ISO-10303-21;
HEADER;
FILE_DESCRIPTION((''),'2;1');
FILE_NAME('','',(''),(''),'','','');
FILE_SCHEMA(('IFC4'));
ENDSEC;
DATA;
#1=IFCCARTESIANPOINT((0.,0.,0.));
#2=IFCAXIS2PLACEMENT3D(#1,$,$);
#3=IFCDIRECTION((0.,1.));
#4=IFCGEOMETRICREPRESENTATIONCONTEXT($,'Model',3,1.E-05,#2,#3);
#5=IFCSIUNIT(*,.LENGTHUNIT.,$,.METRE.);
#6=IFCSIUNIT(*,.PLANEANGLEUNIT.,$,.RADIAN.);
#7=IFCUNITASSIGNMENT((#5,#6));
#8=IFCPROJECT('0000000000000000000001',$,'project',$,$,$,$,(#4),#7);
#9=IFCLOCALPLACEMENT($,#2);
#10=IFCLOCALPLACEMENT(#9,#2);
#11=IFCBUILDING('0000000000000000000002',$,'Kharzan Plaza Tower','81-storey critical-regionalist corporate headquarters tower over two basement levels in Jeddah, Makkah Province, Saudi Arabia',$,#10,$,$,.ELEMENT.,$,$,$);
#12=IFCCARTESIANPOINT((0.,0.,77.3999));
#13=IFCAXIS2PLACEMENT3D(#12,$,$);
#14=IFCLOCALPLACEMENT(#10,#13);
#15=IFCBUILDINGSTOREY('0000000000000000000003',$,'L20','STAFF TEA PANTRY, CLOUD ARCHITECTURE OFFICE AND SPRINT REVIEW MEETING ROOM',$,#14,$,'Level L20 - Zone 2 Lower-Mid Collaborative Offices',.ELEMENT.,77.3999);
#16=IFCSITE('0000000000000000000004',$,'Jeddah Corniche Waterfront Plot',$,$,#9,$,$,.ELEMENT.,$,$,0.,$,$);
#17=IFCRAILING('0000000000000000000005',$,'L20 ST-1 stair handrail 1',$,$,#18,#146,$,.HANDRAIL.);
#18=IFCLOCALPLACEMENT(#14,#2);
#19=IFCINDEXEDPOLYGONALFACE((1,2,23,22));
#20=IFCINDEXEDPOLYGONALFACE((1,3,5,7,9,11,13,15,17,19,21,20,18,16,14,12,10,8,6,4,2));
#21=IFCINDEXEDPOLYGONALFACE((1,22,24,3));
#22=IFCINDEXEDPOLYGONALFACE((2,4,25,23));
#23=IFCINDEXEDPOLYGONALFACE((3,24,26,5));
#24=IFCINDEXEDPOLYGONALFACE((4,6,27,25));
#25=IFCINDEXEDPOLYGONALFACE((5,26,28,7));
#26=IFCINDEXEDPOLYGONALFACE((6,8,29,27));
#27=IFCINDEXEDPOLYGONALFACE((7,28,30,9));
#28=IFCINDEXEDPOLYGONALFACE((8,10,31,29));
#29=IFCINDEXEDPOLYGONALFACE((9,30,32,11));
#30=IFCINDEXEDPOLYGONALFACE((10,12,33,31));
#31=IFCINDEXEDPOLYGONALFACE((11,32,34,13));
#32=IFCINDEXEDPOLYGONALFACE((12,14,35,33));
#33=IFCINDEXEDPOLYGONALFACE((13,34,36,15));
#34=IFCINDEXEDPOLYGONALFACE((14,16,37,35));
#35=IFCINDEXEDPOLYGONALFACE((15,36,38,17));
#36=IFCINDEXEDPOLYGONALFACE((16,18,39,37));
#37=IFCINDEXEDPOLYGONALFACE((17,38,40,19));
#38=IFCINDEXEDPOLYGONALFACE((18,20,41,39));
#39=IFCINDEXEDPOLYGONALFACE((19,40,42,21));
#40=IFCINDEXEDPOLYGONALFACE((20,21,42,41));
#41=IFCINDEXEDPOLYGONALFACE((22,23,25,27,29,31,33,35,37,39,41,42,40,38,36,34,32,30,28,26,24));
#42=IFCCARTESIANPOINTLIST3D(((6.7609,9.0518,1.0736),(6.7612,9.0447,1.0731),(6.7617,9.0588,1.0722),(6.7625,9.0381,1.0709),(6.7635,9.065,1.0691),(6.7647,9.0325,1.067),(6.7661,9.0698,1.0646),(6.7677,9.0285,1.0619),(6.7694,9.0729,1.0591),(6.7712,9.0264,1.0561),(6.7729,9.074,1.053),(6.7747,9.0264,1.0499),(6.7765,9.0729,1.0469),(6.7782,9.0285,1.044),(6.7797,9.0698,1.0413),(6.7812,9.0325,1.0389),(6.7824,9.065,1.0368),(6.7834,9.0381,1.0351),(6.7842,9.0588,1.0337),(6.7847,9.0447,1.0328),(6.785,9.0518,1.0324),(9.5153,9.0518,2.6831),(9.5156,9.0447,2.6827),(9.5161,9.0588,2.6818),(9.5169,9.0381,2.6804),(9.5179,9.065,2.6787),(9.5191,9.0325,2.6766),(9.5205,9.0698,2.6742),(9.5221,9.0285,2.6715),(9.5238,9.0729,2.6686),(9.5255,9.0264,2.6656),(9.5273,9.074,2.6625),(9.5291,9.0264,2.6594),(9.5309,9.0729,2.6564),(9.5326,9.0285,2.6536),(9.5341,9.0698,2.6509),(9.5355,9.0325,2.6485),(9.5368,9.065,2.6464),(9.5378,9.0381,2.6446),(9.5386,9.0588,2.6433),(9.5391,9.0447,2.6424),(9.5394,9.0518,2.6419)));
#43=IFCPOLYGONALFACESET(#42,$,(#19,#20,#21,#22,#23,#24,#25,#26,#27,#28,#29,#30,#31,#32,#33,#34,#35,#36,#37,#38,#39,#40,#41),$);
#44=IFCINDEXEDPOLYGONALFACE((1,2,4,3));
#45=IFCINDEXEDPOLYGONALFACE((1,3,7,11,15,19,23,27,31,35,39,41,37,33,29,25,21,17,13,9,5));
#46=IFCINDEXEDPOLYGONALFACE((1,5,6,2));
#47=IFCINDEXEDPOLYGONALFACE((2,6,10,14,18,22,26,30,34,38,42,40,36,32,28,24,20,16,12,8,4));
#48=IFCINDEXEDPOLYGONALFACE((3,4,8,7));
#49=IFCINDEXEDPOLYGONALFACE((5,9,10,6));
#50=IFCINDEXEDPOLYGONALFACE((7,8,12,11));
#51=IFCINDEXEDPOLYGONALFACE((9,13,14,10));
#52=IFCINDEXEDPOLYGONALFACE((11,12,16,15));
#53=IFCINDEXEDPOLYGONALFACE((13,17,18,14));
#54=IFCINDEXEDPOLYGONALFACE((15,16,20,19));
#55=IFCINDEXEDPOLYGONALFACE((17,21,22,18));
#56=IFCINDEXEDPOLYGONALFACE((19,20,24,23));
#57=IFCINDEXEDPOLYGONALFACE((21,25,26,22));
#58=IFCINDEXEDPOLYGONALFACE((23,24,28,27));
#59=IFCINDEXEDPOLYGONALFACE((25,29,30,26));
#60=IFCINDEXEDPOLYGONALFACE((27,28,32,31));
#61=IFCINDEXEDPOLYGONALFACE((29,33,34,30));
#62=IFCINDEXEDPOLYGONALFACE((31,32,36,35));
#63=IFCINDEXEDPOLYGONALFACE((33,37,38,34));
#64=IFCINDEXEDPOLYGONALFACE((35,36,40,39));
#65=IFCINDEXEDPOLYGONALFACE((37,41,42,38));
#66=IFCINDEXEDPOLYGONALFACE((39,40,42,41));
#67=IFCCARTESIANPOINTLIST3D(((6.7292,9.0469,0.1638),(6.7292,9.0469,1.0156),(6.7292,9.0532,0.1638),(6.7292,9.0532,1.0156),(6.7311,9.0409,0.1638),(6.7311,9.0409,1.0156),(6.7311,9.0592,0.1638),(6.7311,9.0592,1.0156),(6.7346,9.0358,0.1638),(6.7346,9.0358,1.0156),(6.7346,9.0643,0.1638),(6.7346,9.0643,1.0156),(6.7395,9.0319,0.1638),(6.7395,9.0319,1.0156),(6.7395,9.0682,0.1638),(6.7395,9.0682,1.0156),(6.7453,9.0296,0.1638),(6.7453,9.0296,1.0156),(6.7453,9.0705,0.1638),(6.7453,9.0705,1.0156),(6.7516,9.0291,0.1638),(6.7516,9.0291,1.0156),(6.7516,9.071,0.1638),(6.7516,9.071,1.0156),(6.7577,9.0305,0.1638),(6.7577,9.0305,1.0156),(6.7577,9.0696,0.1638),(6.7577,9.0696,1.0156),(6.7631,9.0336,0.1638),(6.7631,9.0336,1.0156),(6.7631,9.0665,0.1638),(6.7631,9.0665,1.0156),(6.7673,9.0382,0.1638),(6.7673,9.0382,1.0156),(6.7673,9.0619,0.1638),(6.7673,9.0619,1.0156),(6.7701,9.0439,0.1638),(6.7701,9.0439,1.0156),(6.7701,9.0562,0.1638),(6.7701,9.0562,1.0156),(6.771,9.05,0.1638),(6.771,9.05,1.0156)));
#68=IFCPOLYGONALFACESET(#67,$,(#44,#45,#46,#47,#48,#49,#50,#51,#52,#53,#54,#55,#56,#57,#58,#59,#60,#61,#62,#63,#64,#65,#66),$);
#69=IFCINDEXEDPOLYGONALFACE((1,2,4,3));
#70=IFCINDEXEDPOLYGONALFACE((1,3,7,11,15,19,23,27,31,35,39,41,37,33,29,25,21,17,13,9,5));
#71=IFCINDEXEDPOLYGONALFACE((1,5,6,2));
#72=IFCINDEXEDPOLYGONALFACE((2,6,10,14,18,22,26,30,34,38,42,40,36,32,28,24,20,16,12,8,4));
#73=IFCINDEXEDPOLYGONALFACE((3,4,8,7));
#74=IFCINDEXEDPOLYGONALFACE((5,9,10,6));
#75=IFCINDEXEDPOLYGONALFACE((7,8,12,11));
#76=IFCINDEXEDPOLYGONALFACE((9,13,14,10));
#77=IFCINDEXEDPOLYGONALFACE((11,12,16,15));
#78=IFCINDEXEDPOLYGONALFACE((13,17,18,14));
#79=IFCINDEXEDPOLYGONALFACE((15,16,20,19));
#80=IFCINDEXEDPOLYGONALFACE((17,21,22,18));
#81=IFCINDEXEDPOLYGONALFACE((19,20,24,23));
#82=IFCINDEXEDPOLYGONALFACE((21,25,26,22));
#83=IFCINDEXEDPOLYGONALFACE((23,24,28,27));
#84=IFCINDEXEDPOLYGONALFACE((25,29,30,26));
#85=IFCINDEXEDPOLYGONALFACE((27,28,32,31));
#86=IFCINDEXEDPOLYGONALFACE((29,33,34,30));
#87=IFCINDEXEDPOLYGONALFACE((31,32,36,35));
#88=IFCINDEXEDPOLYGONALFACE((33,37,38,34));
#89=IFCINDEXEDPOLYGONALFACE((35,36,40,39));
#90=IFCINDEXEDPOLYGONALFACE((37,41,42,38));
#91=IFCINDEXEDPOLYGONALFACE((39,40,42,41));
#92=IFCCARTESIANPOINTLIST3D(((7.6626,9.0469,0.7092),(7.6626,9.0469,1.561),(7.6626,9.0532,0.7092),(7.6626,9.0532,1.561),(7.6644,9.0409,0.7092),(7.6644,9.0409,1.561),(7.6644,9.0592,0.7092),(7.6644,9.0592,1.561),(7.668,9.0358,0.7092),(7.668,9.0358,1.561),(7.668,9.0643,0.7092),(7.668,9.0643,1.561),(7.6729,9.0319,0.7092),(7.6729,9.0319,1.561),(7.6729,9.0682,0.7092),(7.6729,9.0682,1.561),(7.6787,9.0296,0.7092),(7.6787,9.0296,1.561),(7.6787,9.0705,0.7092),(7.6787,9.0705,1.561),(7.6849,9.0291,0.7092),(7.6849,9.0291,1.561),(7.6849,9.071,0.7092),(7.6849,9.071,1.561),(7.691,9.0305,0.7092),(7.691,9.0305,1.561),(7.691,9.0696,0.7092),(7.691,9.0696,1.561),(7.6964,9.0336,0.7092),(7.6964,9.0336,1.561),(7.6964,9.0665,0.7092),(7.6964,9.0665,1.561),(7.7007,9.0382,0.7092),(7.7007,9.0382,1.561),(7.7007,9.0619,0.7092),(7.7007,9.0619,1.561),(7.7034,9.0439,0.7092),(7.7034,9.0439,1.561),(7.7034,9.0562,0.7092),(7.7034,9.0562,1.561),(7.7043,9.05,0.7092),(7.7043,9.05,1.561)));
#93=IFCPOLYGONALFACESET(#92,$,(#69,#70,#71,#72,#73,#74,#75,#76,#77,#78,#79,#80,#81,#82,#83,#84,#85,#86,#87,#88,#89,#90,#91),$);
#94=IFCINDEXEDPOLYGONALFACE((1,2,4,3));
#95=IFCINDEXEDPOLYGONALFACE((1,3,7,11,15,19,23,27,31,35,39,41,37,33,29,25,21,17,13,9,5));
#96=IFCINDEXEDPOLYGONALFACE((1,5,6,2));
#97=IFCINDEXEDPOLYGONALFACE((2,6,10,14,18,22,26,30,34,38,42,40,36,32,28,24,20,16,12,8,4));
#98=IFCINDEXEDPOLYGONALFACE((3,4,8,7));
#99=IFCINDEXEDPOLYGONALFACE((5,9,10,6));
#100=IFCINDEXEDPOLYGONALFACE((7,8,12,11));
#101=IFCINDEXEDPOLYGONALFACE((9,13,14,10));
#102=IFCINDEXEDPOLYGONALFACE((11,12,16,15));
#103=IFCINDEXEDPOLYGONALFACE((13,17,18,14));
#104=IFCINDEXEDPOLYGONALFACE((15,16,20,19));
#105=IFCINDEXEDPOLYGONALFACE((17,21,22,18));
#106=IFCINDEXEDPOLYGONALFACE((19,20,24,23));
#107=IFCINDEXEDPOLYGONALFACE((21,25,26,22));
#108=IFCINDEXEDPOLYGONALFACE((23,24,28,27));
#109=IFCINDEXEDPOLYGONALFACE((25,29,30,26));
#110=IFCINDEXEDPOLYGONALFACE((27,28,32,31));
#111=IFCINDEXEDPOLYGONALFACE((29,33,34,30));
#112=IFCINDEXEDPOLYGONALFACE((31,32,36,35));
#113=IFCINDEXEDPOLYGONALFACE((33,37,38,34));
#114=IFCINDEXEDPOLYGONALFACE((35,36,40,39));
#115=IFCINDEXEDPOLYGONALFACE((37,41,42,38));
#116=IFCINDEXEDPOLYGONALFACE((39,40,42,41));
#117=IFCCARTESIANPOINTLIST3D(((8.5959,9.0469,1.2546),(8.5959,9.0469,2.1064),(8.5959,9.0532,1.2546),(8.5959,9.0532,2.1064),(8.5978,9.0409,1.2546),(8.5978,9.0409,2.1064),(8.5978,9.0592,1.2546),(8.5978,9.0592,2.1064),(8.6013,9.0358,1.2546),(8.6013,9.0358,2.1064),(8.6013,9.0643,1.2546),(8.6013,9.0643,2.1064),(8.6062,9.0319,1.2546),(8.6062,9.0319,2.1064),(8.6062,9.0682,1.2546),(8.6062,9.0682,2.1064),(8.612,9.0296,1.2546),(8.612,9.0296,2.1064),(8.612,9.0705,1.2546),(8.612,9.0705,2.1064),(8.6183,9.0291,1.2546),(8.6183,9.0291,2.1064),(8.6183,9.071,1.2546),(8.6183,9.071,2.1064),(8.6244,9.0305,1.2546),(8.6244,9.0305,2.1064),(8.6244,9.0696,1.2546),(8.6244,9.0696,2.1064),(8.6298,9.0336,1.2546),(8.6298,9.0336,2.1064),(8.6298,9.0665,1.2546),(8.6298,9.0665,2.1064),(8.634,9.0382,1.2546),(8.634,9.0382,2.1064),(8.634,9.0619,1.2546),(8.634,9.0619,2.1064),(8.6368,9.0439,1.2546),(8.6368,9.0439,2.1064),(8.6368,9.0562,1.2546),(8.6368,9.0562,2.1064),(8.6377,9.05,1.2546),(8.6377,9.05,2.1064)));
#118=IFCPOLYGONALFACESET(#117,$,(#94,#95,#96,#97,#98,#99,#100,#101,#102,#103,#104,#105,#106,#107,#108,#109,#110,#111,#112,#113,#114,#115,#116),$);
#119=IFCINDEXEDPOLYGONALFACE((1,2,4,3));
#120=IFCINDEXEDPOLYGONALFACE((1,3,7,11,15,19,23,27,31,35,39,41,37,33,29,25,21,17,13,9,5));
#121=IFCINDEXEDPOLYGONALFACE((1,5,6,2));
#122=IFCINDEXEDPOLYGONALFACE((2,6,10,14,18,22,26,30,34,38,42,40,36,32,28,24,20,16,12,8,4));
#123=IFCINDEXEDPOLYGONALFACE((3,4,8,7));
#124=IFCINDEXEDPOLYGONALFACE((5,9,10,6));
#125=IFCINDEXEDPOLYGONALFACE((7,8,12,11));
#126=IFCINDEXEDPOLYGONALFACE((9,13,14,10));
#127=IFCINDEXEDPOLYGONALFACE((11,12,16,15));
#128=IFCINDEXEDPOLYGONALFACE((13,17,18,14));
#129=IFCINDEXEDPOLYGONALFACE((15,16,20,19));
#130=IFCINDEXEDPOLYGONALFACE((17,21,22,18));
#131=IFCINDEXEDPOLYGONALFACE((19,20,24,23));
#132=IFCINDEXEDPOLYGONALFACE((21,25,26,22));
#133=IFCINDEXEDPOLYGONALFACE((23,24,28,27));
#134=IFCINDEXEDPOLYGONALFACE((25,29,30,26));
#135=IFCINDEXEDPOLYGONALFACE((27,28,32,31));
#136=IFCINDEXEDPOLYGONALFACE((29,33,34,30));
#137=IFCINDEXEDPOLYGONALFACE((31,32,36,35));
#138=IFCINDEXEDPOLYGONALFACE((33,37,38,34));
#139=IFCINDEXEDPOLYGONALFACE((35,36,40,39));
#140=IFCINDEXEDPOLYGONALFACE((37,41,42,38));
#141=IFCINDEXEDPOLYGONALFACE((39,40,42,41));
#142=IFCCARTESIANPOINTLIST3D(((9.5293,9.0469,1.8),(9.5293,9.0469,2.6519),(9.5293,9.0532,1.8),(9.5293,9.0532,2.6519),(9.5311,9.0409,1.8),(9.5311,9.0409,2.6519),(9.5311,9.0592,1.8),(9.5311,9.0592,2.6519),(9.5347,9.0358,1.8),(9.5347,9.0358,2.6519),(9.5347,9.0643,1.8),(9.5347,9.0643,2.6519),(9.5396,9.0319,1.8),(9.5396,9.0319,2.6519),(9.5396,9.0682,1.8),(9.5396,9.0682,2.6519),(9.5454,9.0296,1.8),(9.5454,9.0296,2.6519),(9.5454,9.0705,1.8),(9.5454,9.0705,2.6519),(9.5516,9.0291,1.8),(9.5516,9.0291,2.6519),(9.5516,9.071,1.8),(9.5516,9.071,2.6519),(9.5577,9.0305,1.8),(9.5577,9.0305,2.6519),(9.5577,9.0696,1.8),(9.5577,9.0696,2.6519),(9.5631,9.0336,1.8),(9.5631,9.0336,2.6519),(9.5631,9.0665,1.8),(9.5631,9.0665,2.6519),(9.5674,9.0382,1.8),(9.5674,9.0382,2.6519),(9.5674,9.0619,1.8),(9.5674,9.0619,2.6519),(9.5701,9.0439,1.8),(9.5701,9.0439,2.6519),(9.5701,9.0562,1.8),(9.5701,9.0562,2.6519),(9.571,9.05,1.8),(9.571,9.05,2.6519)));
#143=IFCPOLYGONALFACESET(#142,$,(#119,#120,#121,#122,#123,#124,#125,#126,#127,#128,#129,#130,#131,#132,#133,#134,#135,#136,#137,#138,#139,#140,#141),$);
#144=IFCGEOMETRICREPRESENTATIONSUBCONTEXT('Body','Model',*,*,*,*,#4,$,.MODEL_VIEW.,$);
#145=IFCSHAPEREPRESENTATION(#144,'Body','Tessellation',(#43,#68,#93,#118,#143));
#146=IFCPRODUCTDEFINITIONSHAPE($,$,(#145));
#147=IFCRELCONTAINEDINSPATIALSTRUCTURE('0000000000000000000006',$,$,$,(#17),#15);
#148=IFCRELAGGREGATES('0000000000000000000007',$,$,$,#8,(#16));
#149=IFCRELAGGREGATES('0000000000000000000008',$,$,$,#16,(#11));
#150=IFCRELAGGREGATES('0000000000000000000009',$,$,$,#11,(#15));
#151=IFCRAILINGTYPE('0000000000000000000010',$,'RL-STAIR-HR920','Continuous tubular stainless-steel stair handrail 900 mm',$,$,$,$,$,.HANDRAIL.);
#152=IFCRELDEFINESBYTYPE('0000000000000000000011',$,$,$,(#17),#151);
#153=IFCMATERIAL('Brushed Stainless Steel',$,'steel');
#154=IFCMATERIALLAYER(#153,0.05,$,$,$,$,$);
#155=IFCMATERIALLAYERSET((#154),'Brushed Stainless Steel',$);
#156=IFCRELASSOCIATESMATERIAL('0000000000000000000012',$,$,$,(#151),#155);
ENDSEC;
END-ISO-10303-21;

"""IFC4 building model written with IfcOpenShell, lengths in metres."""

from ifc_helpers import new_model, si_unit, direction, frame, origin, origin_2d, place, context, subcontext, project, spatial, circle, extrude, source, transform, mapped, material, layer, layer_set, type_object, element, save


model = new_model("IFC4")

# Units and contexts
model_context = context("Model", 3, precision=1e-05, world=origin(), true_north=direction((0.0, 1.0)))
body_context = subcontext(model_context, "Body", "Model", "MODEL_VIEW")
ifc_project = project(units=[si_unit("LENGTHUNIT", "METRE"), si_unit("PLANEANGLEUNIT", "RADIAN")], contexts=[model_context])

# Site, building, storey
site_placement = place(None, origin())
site = spatial("IfcSite", under=ifc_project, at=site_placement, Name="Jeddah Corniche Waterfront Plot", CompositionType="ELEMENT", RefElevation=0.0)
building_placement = place(site_placement, origin())
building = spatial("IfcBuilding", under=site, at=building_placement, Name="Kharzan Plaza Tower", Description="81-storey critical-regionalist corporate headquarters tower over two basement levels in Jeddah, Makkah Province, Saudi Arabia", CompositionType="ELEMENT")
storey_placement = place(building_placement, frame((0.0, 0.0, 77.3999)))
storey = spatial("IfcBuildingStorey", under=building, at=storey_placement, Name="L20", Description="STAFF TEA PANTRY, CLOUD ARCHITECTURE OFFICE AND SPRINT REVIEW MEETING ROOM", LongName="Level L20 - Zone 2 Lower-Mid Collaborative Offices", CompositionType="ELEMENT", Elevation=77.3999)

# Railing
ifc_material_1 = material(Name="Brushed Stainless Steel", Category="steel")
ifc_layer_1 = layer(ifc_material_1, 0.05)
ifc_layer_set_1 = layer_set([ifc_layer_1], Name="Brushed Stainless Steel")
railing_type_1 = type_object("IfcRailingType", Name="RL-STAIR-HR920", Description="Continuous tubular stainless-steel stair handrail 900 mm", PredefinedType="HANDRAIL", material=ifc_layer_set_1)
shared_shape_1 = source(origin(), body_context, "Body", "SweptSolid", [
    extrude(circle(Radius=0.0239, at=origin_2d()), frame((0.0229, 0.0, 0.8892), z_axis=(0.863394, 0.0, 0.504531), x_axis=(0.0, 1.0, 0.0)), (0.0, 0.0, 1.0), 3.1902),
    extrude(circle(Radius=0.021, at=origin_2d()), origin(), (0.0, 0.0, 1.0), 0.8518),
    extrude(circle(Radius=0.021, at=origin_2d()), frame((0.9333, 0.0, 0.5454)), (0.0, 0.0, 1.0), 0.8518),
    extrude(circle(Radius=0.021, at=origin_2d()), frame((1.8667, 0.0, 1.0908)), (0.0, 0.0, 1.0), 0.8518),
    extrude(circle(Radius=0.021, at=origin_2d()), frame((2.8, 0.0, 1.6362)), (0.0, 0.0, 1.0), 0.8518),
])
railing_1_placement = place(storey_placement, frame((6.75, 9.05, 0.1638)))
element("IfcRailing", 1, at=railing_1_placement, inside=storey, type_object=railing_type_1, Name="L20 ST-1 stair handrail 1", PredefinedType="HANDRAIL", context=body_context, shape_type="MappedRepresentation", body=[
    mapped(shared_shape_1, transform((0.0, 0.0, 0.0), x_axis=(1.0, 0.0, 0.0), y_axis=(0.0, 1.0, 0.0), z_axis=(0.0, 0.0, 1.0))),
])

save(model, "model.ifc")
